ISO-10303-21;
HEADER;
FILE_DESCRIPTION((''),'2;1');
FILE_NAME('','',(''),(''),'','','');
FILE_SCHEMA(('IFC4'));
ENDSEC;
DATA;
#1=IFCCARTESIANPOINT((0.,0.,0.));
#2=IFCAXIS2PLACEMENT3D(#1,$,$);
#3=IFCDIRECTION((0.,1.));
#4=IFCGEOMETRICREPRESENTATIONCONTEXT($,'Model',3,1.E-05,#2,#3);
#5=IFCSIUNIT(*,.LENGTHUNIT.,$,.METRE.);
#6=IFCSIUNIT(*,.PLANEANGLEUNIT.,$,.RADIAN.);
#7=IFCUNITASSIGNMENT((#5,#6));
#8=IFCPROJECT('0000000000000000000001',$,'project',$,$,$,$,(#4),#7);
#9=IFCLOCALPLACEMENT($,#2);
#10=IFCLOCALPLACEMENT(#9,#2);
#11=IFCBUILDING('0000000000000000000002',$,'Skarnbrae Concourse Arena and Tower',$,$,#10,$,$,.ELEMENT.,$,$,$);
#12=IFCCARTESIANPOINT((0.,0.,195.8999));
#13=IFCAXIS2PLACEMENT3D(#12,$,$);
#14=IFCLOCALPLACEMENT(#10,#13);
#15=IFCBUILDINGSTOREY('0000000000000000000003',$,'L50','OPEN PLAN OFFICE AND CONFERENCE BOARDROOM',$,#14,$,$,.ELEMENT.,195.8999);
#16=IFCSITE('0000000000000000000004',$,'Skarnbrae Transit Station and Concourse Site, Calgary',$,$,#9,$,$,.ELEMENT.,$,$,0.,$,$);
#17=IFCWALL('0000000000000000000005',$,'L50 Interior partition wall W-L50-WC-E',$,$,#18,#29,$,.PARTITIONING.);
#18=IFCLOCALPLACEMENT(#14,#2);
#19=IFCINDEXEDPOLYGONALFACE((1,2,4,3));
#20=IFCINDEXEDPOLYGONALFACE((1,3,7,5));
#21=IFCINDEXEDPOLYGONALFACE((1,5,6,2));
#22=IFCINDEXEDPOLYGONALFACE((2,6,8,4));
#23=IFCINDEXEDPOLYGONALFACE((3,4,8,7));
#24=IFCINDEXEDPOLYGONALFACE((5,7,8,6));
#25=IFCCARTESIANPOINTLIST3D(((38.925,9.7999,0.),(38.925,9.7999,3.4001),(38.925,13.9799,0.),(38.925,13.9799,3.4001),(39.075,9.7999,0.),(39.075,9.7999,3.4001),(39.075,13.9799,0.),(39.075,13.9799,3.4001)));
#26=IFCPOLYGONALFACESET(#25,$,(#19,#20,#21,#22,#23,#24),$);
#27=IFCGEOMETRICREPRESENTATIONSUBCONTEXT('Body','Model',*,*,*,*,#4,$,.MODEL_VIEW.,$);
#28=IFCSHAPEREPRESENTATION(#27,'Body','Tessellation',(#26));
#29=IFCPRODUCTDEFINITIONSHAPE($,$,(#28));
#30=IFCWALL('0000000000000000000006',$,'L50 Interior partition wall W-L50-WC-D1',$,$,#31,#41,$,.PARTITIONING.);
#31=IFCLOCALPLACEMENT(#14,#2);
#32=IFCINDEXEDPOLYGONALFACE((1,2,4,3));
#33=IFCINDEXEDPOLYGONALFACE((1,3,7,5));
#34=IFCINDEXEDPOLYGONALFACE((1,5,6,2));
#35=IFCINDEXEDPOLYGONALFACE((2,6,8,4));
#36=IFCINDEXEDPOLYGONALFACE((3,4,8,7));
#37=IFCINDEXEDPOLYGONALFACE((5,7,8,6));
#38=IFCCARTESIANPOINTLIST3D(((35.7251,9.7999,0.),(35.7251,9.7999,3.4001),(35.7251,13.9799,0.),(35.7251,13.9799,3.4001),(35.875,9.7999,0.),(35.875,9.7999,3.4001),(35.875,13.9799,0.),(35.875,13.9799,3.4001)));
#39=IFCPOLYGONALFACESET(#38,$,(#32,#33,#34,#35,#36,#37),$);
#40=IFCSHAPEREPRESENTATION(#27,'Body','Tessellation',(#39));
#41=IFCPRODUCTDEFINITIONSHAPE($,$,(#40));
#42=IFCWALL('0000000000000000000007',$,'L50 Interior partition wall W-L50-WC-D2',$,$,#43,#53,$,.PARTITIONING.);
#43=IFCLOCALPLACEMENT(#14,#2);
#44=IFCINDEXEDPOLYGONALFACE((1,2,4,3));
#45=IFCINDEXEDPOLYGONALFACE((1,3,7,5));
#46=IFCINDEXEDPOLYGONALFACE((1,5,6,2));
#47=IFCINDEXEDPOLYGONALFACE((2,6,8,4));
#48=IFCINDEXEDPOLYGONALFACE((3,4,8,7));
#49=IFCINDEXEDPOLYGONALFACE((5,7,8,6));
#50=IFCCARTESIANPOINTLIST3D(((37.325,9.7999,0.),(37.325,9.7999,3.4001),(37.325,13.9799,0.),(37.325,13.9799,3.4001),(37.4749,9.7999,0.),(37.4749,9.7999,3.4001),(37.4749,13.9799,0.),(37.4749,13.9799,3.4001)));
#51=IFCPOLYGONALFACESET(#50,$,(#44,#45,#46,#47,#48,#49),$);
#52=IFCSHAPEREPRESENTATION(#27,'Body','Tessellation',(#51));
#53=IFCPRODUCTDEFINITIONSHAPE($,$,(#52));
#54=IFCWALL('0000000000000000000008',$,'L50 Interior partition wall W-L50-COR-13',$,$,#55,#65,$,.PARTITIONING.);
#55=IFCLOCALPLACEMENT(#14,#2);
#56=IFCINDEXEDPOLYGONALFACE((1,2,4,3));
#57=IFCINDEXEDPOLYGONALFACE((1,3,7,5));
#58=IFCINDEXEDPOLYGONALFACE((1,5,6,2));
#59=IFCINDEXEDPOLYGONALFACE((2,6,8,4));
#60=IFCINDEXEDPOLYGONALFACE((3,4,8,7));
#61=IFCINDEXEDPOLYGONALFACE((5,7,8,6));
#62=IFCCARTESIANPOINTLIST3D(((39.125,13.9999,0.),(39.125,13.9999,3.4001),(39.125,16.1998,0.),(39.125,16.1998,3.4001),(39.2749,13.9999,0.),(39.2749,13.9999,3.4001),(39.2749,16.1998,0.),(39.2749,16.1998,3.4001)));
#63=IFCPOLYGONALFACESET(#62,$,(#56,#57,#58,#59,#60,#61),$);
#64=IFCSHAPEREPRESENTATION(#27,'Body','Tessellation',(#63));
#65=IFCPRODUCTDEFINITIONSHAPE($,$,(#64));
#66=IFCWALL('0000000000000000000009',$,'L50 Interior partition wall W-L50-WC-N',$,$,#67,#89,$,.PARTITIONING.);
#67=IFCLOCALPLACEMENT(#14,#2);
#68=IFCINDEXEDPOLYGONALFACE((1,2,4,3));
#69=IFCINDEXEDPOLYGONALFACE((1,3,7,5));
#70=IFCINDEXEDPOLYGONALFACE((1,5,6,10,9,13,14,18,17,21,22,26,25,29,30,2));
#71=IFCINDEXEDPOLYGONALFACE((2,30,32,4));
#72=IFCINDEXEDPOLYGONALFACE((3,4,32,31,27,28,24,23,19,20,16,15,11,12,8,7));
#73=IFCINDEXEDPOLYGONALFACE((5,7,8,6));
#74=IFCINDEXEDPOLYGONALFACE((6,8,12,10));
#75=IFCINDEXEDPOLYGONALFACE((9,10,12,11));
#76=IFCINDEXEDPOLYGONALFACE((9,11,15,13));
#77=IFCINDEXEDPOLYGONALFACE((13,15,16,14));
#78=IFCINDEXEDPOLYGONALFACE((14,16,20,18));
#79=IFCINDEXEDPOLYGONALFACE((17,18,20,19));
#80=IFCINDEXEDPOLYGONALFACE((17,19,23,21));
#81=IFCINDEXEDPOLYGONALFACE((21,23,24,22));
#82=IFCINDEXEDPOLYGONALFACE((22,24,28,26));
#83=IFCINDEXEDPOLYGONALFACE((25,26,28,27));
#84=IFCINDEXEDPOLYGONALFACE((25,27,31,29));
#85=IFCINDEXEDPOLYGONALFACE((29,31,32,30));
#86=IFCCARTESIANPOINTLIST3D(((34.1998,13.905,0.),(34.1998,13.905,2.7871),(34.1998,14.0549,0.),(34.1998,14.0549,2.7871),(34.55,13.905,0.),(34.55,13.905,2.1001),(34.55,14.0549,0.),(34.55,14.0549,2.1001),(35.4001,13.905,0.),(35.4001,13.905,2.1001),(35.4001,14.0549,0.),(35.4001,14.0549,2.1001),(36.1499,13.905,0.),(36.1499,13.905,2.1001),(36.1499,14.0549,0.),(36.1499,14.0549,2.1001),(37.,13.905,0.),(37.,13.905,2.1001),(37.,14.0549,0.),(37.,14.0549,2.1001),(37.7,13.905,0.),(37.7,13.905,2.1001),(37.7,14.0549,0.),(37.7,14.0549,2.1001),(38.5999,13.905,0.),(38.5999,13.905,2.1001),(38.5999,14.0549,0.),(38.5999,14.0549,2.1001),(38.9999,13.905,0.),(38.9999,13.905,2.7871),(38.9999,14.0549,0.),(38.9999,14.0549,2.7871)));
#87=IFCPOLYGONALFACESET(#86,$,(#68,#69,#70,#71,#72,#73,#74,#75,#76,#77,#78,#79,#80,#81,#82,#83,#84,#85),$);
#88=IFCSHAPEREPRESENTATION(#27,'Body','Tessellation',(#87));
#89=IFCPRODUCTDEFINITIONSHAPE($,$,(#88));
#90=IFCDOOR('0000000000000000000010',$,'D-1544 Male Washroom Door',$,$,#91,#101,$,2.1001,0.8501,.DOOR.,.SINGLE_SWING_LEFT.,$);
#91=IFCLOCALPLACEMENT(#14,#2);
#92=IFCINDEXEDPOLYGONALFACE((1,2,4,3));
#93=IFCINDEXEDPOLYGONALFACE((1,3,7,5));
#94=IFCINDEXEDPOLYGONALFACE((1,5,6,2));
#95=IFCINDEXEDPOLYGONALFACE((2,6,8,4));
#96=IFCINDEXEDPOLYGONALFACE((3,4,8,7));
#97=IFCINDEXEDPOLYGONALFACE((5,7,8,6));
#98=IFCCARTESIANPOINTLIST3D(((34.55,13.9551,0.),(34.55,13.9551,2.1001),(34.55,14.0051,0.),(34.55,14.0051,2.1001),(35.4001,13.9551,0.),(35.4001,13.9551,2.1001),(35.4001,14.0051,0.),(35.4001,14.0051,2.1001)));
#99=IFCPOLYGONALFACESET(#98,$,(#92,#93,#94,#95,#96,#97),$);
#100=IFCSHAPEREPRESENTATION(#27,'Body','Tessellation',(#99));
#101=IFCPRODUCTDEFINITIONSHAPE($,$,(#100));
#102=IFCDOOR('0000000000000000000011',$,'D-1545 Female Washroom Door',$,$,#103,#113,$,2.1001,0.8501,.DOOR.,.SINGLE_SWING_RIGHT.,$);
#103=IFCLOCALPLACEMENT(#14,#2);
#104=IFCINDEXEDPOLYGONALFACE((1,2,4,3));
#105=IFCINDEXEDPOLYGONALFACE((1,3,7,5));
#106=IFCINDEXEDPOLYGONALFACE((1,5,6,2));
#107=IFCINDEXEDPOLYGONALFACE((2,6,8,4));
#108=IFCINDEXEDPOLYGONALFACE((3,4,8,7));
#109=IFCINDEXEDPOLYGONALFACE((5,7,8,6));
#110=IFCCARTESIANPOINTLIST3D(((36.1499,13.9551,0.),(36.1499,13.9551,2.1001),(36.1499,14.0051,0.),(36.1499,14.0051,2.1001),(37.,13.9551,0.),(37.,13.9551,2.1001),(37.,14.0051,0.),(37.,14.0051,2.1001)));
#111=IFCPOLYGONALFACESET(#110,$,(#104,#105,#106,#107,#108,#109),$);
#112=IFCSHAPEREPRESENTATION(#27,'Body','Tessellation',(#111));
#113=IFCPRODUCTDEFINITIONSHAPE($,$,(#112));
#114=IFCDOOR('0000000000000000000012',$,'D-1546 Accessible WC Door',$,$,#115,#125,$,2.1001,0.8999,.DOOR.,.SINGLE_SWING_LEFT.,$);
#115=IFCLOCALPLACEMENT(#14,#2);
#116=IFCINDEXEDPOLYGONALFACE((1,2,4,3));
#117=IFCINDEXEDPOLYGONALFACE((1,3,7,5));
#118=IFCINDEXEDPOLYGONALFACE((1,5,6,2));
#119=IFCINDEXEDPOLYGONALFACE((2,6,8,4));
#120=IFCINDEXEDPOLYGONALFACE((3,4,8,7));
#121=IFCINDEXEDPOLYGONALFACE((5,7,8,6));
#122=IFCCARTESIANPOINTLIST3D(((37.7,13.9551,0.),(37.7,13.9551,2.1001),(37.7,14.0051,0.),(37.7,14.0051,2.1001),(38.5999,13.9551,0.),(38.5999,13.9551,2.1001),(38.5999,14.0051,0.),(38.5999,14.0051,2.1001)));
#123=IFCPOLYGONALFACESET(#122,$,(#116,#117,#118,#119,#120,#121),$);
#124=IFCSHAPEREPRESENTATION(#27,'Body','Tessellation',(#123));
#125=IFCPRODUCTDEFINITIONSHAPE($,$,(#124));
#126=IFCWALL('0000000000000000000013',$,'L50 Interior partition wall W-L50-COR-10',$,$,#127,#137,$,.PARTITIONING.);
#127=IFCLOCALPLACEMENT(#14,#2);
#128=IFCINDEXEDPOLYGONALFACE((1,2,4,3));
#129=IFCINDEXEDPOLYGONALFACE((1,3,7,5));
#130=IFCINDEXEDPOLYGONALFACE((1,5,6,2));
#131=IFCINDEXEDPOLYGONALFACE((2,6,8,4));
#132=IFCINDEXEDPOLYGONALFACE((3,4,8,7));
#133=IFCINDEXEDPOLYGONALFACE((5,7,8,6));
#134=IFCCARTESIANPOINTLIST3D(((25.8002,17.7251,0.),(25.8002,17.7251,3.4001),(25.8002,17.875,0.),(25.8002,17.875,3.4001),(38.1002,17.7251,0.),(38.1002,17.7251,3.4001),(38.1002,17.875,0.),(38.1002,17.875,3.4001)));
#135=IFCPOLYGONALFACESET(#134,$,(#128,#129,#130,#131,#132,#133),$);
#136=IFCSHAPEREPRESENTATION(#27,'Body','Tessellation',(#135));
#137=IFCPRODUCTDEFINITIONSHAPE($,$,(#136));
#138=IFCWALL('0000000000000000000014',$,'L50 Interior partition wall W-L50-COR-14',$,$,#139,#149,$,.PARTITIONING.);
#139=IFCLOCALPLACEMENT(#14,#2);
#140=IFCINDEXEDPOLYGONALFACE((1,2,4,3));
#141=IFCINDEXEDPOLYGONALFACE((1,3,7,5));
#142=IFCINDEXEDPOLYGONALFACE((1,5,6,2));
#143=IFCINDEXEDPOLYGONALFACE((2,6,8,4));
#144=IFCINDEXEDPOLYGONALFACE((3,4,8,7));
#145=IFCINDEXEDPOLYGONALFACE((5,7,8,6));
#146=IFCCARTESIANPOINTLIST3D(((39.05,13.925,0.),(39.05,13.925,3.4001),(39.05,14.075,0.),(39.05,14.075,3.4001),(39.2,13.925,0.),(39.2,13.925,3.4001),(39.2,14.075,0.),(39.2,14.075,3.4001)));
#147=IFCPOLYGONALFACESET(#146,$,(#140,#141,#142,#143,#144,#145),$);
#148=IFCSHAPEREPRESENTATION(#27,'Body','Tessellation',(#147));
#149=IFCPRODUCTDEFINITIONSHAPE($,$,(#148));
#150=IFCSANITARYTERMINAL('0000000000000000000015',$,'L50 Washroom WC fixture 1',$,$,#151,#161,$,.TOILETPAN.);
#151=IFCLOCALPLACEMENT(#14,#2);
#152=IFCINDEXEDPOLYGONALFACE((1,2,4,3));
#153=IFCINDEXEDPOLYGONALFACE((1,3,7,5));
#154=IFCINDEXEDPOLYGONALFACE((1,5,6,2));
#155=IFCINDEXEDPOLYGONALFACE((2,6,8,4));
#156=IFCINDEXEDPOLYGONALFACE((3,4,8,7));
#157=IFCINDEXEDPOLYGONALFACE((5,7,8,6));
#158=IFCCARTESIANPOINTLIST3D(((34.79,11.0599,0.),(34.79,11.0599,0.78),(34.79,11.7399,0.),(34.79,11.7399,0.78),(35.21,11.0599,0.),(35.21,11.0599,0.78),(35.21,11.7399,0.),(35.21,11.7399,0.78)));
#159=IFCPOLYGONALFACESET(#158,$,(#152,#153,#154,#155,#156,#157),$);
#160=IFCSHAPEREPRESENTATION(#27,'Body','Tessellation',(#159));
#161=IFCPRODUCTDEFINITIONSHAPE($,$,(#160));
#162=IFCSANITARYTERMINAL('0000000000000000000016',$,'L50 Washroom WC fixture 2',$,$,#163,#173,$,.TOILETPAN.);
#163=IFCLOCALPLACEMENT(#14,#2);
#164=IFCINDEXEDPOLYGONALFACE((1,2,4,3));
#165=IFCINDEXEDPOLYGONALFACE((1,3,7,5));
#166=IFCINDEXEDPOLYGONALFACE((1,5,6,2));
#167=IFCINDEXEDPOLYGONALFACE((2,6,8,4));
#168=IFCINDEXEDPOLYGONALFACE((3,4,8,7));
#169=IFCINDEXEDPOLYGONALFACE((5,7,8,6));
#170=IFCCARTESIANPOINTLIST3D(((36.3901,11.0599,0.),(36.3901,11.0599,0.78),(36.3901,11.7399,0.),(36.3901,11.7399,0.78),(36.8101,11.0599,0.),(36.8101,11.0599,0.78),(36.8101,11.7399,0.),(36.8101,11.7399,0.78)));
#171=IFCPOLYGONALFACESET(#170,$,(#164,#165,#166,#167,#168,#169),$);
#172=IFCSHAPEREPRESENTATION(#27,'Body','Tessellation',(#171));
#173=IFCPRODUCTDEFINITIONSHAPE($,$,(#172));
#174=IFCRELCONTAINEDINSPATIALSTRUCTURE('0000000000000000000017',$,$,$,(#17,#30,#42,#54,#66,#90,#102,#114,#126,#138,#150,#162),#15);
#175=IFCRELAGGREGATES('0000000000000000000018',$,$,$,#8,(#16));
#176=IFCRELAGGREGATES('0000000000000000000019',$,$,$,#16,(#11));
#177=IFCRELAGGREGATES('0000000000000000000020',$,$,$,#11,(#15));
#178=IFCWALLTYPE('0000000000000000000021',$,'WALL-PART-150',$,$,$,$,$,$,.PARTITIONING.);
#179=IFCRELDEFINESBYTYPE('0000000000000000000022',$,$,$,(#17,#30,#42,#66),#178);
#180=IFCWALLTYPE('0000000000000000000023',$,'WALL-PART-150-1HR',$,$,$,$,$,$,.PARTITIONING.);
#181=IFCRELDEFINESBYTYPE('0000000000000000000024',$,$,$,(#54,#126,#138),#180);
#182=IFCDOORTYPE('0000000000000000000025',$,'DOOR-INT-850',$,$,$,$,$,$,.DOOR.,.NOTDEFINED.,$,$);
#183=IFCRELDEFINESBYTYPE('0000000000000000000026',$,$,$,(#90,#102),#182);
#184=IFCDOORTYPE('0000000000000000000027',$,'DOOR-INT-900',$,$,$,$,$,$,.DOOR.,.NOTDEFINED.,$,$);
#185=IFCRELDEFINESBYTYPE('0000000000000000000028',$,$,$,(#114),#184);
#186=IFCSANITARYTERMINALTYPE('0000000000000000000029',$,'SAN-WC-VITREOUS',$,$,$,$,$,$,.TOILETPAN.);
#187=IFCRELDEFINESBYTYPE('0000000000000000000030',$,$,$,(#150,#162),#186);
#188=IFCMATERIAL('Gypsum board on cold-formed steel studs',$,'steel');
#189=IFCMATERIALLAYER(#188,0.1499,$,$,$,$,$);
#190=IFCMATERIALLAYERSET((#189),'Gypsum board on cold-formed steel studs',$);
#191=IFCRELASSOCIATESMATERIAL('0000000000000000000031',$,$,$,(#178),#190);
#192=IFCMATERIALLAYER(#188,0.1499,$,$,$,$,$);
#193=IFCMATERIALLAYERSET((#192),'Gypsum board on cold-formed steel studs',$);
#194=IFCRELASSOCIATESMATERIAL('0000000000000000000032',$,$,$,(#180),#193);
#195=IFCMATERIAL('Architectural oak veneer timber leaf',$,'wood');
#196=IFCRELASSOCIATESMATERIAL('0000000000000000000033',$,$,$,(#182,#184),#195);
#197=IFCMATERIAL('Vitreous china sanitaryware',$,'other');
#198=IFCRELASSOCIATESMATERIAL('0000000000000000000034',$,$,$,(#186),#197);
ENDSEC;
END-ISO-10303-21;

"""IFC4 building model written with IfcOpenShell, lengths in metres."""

from ifc_helpers import new_model, si_unit, direction, frame, frame_2d, origin, origin_2d, place, context, subcontext, project, spatial, rectangle, extrude, source, transform, mapped, material, layer, layer_set, type_object, element, fill, save


model = new_model("IFC4")

# Units and contexts
model_context = context("Model", 3, precision=1e-05, world=origin(), true_north=direction((0.0, 1.0)))
body_context = subcontext(model_context, "Body", "Model", "MODEL_VIEW")
ifc_project = project(units=[si_unit("LENGTHUNIT", "METRE"), si_unit("PLANEANGLEUNIT", "RADIAN")], contexts=[model_context])

# Site, building, storey
site_placement = place(None, origin())
site = spatial("IfcSite", under=ifc_project, at=site_placement, Name="Skarnbrae Transit Station and Concourse Site, Calgary", CompositionType="ELEMENT", RefElevation=0.0)
building_placement = place(site_placement, origin())
building = spatial("IfcBuilding", under=site, at=building_placement, Name="Skarnbrae Concourse Arena and Tower", CompositionType="ELEMENT")
storey_placement = place(building_placement, frame((0.0, 0.0, 195.8999)))
storey = spatial("IfcBuildingStorey", under=building, at=storey_placement, Name="L50", Description="OPEN PLAN OFFICE AND CONFERENCE BOARDROOM", CompositionType="ELEMENT", Elevation=195.8999)

# Walls
ifc_material_1 = material(Name="Gypsum board on cold-formed steel studs", Category="steel")
ifc_layer_1 = layer(ifc_material_1, 0.1499)
ifc_layer_set_1 = layer_set([ifc_layer_1], Name="Gypsum board on cold-formed steel studs")
wall_type_1 = type_object("IfcWallType", Name="WALL-PART-150", PredefinedType="PARTITIONING", material=ifc_layer_set_1)
shared_shape_1 = source(origin(), body_context, "Body", "SweptSolid", [
    extrude(rectangle(XDim=4.1799, YDim=0.1499, at=frame_2d((2.0898, 0.0))), origin(), (0.0, 0.0, 1.0), 3.4001),
])
for number, where, z_axis, x_axis, name in (
    (1, (39.0, 9.8, 0.0), (0.0, 0.0, 1.0), (0.0, 1.0, 0.0), "L50 Interior partition wall W-L50-WC-E"),
    (2, (35.8, 9.8, 0.0), (0.0, 0.0, 1.0), (0.0, 1.0, 0.0), "L50 Interior partition wall W-L50-WC-D1"),
    (3, (37.3999, 9.8, 0.0), (0.0, 0.0, 1.0), (0.0, 1.0, 0.0), "L50 Interior partition wall W-L50-WC-D2"),
):
    element("IfcWall", number, at=place(storey_placement, frame(where, z_axis=z_axis, x_axis=x_axis)), inside=storey, type_object=wall_type_1, Name=name, PredefinedType="PARTITIONING", context=body_context, shape_type="MappedRepresentation", body=[
        mapped(shared_shape_1, transform((0.0, 0.0, 0.0))),
    ])
ifc_layer_2 = layer(ifc_material_1, 0.1499)
ifc_layer_set_2 = layer_set([ifc_layer_2], Name="Gypsum board on cold-formed steel studs")
wall_type_2 = type_object("IfcWallType", Name="WALL-PART-150-1HR", PredefinedType="PARTITIONING", material=ifc_layer_set_2)
shared_shape_2 = source(origin(), body_context, "Body", "SweptSolid", [
    extrude(rectangle(XDim=2.2, YDim=0.1499, at=frame_2d((1.1001, 0.0))), origin(), (0.0, 0.0, 1.0), 3.4001),
])
wall_1_placement = place(storey_placement, frame((39.2, 16.2, 0.0), z_axis=(0.0, 0.0, 1.0), x_axis=(0.0, -1.0, 0.0)))
element("IfcWall", 4, at=wall_1_placement, inside=storey, type_object=wall_type_2, Name="L50 Interior partition wall W-L50-COR-13", PredefinedType="PARTITIONING", context=body_context, shape_type="MappedRepresentation", body=[
    mapped(shared_shape_2, transform((0.0, 0.0, 0.0))),
])

# Wall, openings, doors
shared_shape_3 = source(origin(), body_context, "Body", "SweptSolid", [
    extrude(rectangle(XDim=4.8, YDim=0.1499, at=frame_2d((2.3999, 0.0))), origin(), (0.0, 0.0, 1.0), 2.7871),
])
wall_2_placement = place(storey_placement, frame((34.2, 13.98, 0.0), z_axis=(0.0, 0.0, 1.0), x_axis=(1.0, 0.0, 0.0)))
wall_2 = element("IfcWall", 5, at=wall_2_placement, inside=storey, type_object=wall_type_1, Name="L50 Interior partition wall W-L50-WC-N", PredefinedType="PARTITIONING", context=body_context, shape_type="MappedRepresentation", body=[
    mapped(shared_shape_3, transform((0.0, 0.0, 0.0))),
])
opening_1_placement = place(wall_2_placement, frame((0.3501, 0.0, 0.0)))
opening_1 = element("IfcOpeningElement", 6, at=opening_1_placement, cuts=wall_2, PredefinedType="OPENING", context=body_context, shape_type="SweptSolid", body=[
    extrude(rectangle(XDim=0.8501, YDim=2.1001, at=frame_2d((0.425, 1.05))), frame((0.0, 0.085, 0.0), z_axis=(0.0, -1.0, 0.0), x_axis=(1.0, 0.0, 0.0)), (0.0, 0.0, 1.0), 0.1699),
])
opening_2_placement = place(wall_2_placement, frame((1.95, 0.0, 0.0)))
opening_2 = element("IfcOpeningElement", 7, at=opening_2_placement, cuts=wall_2, PredefinedType="OPENING", context=body_context, shape_type="SweptSolid", body=[
    extrude(rectangle(XDim=0.8501, YDim=2.1001, at=frame_2d((0.425, 1.05))), frame((0.0, 0.085, 0.0), z_axis=(0.0, -1.0, 0.0), x_axis=(1.0, 0.0, 0.0)), (0.0, 0.0, 1.0), 0.1699),
])
opening_3_placement = place(wall_2_placement, frame((3.5, 0.0, 0.0)))
opening_3 = element("IfcOpeningElement", 8, at=opening_3_placement, cuts=wall_2, PredefinedType="OPENING", context=body_context, shape_type="SweptSolid", body=[
    extrude(rectangle(XDim=0.8999, YDim=2.1001, at=frame_2d((0.45, 1.05))), frame((0.0, 0.085, 0.0), z_axis=(0.0, -1.0, 0.0), x_axis=(1.0, 0.0, 0.0)), (0.0, 0.0, 1.0), 0.1699),
])
ifc_material_2 = material(Name="Architectural oak veneer timber leaf", Category="wood")
door_type_1 = type_object("IfcDoorType", Name="DOOR-INT-850", OperationType="NOTDEFINED", PredefinedType="DOOR", material=ifc_material_2)
shared_shape_4 = source(origin(), body_context, "Body", "SweptSolid", [
    extrude(rectangle(XDim=0.8501, YDim=2.1001, at=frame_2d((0.425, 1.05))), frame((0.0, 0.0249, 0.0), z_axis=(0.0, -1.0, 0.0), x_axis=(1.0, 0.0, 0.0)), (0.0, 0.0, 1.0), 0.05),
])
door_1_placement = place(opening_1_placement, frame((0.8501, 0.0, 0.0), z_axis=(0.0, 0.0, 1.0), x_axis=(-1.0, 0.0, 0.0)))
door_1 = element("IfcDoor", 9, at=door_1_placement, inside=storey, type_object=door_type_1, Name="D-1544 Male Washroom Door", OperationType="SINGLE_SWING_LEFT", OverallHeight=2.1001, OverallWidth=0.8501, PredefinedType="DOOR", context=body_context, shape_type="MappedRepresentation", body=[
    mapped(shared_shape_4, transform((0.0, 0.0, 0.0))),
])
fill(opening_1, door_1)
door_2_placement = place(opening_2_placement, frame((0.8501, 0.0, 0.0), z_axis=(0.0, 0.0, 1.0), x_axis=(-1.0, 0.0, 0.0)))
door_2 = element("IfcDoor", 10, at=door_2_placement, inside=storey, type_object=door_type_1, Name="D-1545 Female Washroom Door", OperationType="SINGLE_SWING_RIGHT", OverallHeight=2.1001, OverallWidth=0.8501, PredefinedType="DOOR", context=body_context, shape_type="MappedRepresentation", body=[
    mapped(shared_shape_4, transform((0.0, 0.0, 0.0))),
])
fill(opening_2, door_2)
door_type_2 = type_object("IfcDoorType", Name="DOOR-INT-900", OperationType="NOTDEFINED", PredefinedType="DOOR", material=ifc_material_2)
shared_shape_5 = source(origin(), body_context, "Body", "SweptSolid", [
    extrude(rectangle(XDim=0.8999, YDim=2.1001, at=frame_2d((0.45, 1.05))), frame((0.0, 0.0249, 0.0), z_axis=(0.0, -1.0, 0.0), x_axis=(1.0, 0.0, 0.0)), (0.0, 0.0, 1.0), 0.05),
])
door_3_placement = place(opening_3_placement, frame((0.8999, 0.0, 0.0), z_axis=(0.0, 0.0, 1.0), x_axis=(-1.0, 0.0, 0.0)))
door_3 = element("IfcDoor", 11, at=door_3_placement, inside=storey, type_object=door_type_2, Name="D-1546 Accessible WC Door", OperationType="SINGLE_SWING_LEFT", OverallHeight=2.1001, OverallWidth=0.8999, PredefinedType="DOOR", context=body_context, shape_type="MappedRepresentation", body=[
    mapped(shared_shape_5, transform((0.0, 0.0, 0.0))),
])
fill(opening_3, door_3)

# Walls
shared_shape_6 = source(origin(), body_context, "Body", "SweptSolid", [
    extrude(rectangle(XDim=12.3, YDim=0.1499, at=frame_2d((6.1499, 0.0))), origin(), (0.0, 0.0, 1.0), 3.4001),
])
wall_3_placement = place(storey_placement, frame((38.1001, 17.8, 0.0), z_axis=(0.0, 0.0, 1.0), x_axis=(-1.0, 0.0, 0.0)))
element("IfcWall", 12, at=wall_3_placement, inside=storey, type_object=wall_type_2, Name="L50 Interior partition wall W-L50-COR-10", PredefinedType="PARTITIONING", context=body_context, shape_type="MappedRepresentation", body=[
    mapped(shared_shape_6, transform((0.0, 0.0, 0.0))),
])
shared_shape_7 = source(origin(), body_context, "Body", "SweptSolid", [
    extrude(rectangle(XDim=0.1499, YDim=0.1499, at=frame_2d((0.075, 0.0))), origin(), (0.0, 0.0, 1.0), 3.4001),
])
wall_4_placement = place(storey_placement, frame((39.2, 14.0, 0.0), z_axis=(0.0, 0.0, 1.0), x_axis=(-1.0, 0.0, 0.0)))
element("IfcWall", 13, at=wall_4_placement, inside=storey, type_object=wall_type_2, Name="L50 Interior partition wall W-L50-COR-14", PredefinedType="PARTITIONING", context=body_context, shape_type="MappedRepresentation", body=[
    mapped(shared_shape_7, transform((0.0, 0.0, 0.0))),
])

# Sanitary terminals
ifc_material_3 = material(Name="Vitreous china sanitaryware", Category="other")
sanitary_terminal_type = type_object("IfcSanitaryTerminalType", Name="SAN-WC-VITREOUS", PredefinedType="TOILETPAN", material=ifc_material_3)
shared_shape_8 = source(origin(), body_context, "Body", "SweptSolid", [
    extrude(rectangle(XDim=0.4199, YDim=0.6799, at=origin_2d()), origin(), (0.0, 0.0, 1.0), 0.78),
])
for number, where, z_axis, x_axis, name in (
    (14, (35.0, 11.3999, 0.0), (0.0, 0.0, 1.0), (1.0, 0.0, 0.0), "L50 Washroom WC fixture 1"),
    (15, (36.6001, 11.3999, 0.0), (0.0, 0.0, 1.0), (1.0, 0.0, 0.0), "L50 Washroom WC fixture 2"),
):
    element("IfcSanitaryTerminal", number, at=place(storey_placement, frame(where, z_axis=z_axis, x_axis=x_axis)), inside=storey, type_object=sanitary_terminal_type, Name=name, PredefinedType="TOILETPAN", context=body_context, shape_type="MappedRepresentation", body=[
        mapped(shared_shape_8, transform((0.0, 0.0, 0.0))),
    ])

save(model, "model.ifc")
